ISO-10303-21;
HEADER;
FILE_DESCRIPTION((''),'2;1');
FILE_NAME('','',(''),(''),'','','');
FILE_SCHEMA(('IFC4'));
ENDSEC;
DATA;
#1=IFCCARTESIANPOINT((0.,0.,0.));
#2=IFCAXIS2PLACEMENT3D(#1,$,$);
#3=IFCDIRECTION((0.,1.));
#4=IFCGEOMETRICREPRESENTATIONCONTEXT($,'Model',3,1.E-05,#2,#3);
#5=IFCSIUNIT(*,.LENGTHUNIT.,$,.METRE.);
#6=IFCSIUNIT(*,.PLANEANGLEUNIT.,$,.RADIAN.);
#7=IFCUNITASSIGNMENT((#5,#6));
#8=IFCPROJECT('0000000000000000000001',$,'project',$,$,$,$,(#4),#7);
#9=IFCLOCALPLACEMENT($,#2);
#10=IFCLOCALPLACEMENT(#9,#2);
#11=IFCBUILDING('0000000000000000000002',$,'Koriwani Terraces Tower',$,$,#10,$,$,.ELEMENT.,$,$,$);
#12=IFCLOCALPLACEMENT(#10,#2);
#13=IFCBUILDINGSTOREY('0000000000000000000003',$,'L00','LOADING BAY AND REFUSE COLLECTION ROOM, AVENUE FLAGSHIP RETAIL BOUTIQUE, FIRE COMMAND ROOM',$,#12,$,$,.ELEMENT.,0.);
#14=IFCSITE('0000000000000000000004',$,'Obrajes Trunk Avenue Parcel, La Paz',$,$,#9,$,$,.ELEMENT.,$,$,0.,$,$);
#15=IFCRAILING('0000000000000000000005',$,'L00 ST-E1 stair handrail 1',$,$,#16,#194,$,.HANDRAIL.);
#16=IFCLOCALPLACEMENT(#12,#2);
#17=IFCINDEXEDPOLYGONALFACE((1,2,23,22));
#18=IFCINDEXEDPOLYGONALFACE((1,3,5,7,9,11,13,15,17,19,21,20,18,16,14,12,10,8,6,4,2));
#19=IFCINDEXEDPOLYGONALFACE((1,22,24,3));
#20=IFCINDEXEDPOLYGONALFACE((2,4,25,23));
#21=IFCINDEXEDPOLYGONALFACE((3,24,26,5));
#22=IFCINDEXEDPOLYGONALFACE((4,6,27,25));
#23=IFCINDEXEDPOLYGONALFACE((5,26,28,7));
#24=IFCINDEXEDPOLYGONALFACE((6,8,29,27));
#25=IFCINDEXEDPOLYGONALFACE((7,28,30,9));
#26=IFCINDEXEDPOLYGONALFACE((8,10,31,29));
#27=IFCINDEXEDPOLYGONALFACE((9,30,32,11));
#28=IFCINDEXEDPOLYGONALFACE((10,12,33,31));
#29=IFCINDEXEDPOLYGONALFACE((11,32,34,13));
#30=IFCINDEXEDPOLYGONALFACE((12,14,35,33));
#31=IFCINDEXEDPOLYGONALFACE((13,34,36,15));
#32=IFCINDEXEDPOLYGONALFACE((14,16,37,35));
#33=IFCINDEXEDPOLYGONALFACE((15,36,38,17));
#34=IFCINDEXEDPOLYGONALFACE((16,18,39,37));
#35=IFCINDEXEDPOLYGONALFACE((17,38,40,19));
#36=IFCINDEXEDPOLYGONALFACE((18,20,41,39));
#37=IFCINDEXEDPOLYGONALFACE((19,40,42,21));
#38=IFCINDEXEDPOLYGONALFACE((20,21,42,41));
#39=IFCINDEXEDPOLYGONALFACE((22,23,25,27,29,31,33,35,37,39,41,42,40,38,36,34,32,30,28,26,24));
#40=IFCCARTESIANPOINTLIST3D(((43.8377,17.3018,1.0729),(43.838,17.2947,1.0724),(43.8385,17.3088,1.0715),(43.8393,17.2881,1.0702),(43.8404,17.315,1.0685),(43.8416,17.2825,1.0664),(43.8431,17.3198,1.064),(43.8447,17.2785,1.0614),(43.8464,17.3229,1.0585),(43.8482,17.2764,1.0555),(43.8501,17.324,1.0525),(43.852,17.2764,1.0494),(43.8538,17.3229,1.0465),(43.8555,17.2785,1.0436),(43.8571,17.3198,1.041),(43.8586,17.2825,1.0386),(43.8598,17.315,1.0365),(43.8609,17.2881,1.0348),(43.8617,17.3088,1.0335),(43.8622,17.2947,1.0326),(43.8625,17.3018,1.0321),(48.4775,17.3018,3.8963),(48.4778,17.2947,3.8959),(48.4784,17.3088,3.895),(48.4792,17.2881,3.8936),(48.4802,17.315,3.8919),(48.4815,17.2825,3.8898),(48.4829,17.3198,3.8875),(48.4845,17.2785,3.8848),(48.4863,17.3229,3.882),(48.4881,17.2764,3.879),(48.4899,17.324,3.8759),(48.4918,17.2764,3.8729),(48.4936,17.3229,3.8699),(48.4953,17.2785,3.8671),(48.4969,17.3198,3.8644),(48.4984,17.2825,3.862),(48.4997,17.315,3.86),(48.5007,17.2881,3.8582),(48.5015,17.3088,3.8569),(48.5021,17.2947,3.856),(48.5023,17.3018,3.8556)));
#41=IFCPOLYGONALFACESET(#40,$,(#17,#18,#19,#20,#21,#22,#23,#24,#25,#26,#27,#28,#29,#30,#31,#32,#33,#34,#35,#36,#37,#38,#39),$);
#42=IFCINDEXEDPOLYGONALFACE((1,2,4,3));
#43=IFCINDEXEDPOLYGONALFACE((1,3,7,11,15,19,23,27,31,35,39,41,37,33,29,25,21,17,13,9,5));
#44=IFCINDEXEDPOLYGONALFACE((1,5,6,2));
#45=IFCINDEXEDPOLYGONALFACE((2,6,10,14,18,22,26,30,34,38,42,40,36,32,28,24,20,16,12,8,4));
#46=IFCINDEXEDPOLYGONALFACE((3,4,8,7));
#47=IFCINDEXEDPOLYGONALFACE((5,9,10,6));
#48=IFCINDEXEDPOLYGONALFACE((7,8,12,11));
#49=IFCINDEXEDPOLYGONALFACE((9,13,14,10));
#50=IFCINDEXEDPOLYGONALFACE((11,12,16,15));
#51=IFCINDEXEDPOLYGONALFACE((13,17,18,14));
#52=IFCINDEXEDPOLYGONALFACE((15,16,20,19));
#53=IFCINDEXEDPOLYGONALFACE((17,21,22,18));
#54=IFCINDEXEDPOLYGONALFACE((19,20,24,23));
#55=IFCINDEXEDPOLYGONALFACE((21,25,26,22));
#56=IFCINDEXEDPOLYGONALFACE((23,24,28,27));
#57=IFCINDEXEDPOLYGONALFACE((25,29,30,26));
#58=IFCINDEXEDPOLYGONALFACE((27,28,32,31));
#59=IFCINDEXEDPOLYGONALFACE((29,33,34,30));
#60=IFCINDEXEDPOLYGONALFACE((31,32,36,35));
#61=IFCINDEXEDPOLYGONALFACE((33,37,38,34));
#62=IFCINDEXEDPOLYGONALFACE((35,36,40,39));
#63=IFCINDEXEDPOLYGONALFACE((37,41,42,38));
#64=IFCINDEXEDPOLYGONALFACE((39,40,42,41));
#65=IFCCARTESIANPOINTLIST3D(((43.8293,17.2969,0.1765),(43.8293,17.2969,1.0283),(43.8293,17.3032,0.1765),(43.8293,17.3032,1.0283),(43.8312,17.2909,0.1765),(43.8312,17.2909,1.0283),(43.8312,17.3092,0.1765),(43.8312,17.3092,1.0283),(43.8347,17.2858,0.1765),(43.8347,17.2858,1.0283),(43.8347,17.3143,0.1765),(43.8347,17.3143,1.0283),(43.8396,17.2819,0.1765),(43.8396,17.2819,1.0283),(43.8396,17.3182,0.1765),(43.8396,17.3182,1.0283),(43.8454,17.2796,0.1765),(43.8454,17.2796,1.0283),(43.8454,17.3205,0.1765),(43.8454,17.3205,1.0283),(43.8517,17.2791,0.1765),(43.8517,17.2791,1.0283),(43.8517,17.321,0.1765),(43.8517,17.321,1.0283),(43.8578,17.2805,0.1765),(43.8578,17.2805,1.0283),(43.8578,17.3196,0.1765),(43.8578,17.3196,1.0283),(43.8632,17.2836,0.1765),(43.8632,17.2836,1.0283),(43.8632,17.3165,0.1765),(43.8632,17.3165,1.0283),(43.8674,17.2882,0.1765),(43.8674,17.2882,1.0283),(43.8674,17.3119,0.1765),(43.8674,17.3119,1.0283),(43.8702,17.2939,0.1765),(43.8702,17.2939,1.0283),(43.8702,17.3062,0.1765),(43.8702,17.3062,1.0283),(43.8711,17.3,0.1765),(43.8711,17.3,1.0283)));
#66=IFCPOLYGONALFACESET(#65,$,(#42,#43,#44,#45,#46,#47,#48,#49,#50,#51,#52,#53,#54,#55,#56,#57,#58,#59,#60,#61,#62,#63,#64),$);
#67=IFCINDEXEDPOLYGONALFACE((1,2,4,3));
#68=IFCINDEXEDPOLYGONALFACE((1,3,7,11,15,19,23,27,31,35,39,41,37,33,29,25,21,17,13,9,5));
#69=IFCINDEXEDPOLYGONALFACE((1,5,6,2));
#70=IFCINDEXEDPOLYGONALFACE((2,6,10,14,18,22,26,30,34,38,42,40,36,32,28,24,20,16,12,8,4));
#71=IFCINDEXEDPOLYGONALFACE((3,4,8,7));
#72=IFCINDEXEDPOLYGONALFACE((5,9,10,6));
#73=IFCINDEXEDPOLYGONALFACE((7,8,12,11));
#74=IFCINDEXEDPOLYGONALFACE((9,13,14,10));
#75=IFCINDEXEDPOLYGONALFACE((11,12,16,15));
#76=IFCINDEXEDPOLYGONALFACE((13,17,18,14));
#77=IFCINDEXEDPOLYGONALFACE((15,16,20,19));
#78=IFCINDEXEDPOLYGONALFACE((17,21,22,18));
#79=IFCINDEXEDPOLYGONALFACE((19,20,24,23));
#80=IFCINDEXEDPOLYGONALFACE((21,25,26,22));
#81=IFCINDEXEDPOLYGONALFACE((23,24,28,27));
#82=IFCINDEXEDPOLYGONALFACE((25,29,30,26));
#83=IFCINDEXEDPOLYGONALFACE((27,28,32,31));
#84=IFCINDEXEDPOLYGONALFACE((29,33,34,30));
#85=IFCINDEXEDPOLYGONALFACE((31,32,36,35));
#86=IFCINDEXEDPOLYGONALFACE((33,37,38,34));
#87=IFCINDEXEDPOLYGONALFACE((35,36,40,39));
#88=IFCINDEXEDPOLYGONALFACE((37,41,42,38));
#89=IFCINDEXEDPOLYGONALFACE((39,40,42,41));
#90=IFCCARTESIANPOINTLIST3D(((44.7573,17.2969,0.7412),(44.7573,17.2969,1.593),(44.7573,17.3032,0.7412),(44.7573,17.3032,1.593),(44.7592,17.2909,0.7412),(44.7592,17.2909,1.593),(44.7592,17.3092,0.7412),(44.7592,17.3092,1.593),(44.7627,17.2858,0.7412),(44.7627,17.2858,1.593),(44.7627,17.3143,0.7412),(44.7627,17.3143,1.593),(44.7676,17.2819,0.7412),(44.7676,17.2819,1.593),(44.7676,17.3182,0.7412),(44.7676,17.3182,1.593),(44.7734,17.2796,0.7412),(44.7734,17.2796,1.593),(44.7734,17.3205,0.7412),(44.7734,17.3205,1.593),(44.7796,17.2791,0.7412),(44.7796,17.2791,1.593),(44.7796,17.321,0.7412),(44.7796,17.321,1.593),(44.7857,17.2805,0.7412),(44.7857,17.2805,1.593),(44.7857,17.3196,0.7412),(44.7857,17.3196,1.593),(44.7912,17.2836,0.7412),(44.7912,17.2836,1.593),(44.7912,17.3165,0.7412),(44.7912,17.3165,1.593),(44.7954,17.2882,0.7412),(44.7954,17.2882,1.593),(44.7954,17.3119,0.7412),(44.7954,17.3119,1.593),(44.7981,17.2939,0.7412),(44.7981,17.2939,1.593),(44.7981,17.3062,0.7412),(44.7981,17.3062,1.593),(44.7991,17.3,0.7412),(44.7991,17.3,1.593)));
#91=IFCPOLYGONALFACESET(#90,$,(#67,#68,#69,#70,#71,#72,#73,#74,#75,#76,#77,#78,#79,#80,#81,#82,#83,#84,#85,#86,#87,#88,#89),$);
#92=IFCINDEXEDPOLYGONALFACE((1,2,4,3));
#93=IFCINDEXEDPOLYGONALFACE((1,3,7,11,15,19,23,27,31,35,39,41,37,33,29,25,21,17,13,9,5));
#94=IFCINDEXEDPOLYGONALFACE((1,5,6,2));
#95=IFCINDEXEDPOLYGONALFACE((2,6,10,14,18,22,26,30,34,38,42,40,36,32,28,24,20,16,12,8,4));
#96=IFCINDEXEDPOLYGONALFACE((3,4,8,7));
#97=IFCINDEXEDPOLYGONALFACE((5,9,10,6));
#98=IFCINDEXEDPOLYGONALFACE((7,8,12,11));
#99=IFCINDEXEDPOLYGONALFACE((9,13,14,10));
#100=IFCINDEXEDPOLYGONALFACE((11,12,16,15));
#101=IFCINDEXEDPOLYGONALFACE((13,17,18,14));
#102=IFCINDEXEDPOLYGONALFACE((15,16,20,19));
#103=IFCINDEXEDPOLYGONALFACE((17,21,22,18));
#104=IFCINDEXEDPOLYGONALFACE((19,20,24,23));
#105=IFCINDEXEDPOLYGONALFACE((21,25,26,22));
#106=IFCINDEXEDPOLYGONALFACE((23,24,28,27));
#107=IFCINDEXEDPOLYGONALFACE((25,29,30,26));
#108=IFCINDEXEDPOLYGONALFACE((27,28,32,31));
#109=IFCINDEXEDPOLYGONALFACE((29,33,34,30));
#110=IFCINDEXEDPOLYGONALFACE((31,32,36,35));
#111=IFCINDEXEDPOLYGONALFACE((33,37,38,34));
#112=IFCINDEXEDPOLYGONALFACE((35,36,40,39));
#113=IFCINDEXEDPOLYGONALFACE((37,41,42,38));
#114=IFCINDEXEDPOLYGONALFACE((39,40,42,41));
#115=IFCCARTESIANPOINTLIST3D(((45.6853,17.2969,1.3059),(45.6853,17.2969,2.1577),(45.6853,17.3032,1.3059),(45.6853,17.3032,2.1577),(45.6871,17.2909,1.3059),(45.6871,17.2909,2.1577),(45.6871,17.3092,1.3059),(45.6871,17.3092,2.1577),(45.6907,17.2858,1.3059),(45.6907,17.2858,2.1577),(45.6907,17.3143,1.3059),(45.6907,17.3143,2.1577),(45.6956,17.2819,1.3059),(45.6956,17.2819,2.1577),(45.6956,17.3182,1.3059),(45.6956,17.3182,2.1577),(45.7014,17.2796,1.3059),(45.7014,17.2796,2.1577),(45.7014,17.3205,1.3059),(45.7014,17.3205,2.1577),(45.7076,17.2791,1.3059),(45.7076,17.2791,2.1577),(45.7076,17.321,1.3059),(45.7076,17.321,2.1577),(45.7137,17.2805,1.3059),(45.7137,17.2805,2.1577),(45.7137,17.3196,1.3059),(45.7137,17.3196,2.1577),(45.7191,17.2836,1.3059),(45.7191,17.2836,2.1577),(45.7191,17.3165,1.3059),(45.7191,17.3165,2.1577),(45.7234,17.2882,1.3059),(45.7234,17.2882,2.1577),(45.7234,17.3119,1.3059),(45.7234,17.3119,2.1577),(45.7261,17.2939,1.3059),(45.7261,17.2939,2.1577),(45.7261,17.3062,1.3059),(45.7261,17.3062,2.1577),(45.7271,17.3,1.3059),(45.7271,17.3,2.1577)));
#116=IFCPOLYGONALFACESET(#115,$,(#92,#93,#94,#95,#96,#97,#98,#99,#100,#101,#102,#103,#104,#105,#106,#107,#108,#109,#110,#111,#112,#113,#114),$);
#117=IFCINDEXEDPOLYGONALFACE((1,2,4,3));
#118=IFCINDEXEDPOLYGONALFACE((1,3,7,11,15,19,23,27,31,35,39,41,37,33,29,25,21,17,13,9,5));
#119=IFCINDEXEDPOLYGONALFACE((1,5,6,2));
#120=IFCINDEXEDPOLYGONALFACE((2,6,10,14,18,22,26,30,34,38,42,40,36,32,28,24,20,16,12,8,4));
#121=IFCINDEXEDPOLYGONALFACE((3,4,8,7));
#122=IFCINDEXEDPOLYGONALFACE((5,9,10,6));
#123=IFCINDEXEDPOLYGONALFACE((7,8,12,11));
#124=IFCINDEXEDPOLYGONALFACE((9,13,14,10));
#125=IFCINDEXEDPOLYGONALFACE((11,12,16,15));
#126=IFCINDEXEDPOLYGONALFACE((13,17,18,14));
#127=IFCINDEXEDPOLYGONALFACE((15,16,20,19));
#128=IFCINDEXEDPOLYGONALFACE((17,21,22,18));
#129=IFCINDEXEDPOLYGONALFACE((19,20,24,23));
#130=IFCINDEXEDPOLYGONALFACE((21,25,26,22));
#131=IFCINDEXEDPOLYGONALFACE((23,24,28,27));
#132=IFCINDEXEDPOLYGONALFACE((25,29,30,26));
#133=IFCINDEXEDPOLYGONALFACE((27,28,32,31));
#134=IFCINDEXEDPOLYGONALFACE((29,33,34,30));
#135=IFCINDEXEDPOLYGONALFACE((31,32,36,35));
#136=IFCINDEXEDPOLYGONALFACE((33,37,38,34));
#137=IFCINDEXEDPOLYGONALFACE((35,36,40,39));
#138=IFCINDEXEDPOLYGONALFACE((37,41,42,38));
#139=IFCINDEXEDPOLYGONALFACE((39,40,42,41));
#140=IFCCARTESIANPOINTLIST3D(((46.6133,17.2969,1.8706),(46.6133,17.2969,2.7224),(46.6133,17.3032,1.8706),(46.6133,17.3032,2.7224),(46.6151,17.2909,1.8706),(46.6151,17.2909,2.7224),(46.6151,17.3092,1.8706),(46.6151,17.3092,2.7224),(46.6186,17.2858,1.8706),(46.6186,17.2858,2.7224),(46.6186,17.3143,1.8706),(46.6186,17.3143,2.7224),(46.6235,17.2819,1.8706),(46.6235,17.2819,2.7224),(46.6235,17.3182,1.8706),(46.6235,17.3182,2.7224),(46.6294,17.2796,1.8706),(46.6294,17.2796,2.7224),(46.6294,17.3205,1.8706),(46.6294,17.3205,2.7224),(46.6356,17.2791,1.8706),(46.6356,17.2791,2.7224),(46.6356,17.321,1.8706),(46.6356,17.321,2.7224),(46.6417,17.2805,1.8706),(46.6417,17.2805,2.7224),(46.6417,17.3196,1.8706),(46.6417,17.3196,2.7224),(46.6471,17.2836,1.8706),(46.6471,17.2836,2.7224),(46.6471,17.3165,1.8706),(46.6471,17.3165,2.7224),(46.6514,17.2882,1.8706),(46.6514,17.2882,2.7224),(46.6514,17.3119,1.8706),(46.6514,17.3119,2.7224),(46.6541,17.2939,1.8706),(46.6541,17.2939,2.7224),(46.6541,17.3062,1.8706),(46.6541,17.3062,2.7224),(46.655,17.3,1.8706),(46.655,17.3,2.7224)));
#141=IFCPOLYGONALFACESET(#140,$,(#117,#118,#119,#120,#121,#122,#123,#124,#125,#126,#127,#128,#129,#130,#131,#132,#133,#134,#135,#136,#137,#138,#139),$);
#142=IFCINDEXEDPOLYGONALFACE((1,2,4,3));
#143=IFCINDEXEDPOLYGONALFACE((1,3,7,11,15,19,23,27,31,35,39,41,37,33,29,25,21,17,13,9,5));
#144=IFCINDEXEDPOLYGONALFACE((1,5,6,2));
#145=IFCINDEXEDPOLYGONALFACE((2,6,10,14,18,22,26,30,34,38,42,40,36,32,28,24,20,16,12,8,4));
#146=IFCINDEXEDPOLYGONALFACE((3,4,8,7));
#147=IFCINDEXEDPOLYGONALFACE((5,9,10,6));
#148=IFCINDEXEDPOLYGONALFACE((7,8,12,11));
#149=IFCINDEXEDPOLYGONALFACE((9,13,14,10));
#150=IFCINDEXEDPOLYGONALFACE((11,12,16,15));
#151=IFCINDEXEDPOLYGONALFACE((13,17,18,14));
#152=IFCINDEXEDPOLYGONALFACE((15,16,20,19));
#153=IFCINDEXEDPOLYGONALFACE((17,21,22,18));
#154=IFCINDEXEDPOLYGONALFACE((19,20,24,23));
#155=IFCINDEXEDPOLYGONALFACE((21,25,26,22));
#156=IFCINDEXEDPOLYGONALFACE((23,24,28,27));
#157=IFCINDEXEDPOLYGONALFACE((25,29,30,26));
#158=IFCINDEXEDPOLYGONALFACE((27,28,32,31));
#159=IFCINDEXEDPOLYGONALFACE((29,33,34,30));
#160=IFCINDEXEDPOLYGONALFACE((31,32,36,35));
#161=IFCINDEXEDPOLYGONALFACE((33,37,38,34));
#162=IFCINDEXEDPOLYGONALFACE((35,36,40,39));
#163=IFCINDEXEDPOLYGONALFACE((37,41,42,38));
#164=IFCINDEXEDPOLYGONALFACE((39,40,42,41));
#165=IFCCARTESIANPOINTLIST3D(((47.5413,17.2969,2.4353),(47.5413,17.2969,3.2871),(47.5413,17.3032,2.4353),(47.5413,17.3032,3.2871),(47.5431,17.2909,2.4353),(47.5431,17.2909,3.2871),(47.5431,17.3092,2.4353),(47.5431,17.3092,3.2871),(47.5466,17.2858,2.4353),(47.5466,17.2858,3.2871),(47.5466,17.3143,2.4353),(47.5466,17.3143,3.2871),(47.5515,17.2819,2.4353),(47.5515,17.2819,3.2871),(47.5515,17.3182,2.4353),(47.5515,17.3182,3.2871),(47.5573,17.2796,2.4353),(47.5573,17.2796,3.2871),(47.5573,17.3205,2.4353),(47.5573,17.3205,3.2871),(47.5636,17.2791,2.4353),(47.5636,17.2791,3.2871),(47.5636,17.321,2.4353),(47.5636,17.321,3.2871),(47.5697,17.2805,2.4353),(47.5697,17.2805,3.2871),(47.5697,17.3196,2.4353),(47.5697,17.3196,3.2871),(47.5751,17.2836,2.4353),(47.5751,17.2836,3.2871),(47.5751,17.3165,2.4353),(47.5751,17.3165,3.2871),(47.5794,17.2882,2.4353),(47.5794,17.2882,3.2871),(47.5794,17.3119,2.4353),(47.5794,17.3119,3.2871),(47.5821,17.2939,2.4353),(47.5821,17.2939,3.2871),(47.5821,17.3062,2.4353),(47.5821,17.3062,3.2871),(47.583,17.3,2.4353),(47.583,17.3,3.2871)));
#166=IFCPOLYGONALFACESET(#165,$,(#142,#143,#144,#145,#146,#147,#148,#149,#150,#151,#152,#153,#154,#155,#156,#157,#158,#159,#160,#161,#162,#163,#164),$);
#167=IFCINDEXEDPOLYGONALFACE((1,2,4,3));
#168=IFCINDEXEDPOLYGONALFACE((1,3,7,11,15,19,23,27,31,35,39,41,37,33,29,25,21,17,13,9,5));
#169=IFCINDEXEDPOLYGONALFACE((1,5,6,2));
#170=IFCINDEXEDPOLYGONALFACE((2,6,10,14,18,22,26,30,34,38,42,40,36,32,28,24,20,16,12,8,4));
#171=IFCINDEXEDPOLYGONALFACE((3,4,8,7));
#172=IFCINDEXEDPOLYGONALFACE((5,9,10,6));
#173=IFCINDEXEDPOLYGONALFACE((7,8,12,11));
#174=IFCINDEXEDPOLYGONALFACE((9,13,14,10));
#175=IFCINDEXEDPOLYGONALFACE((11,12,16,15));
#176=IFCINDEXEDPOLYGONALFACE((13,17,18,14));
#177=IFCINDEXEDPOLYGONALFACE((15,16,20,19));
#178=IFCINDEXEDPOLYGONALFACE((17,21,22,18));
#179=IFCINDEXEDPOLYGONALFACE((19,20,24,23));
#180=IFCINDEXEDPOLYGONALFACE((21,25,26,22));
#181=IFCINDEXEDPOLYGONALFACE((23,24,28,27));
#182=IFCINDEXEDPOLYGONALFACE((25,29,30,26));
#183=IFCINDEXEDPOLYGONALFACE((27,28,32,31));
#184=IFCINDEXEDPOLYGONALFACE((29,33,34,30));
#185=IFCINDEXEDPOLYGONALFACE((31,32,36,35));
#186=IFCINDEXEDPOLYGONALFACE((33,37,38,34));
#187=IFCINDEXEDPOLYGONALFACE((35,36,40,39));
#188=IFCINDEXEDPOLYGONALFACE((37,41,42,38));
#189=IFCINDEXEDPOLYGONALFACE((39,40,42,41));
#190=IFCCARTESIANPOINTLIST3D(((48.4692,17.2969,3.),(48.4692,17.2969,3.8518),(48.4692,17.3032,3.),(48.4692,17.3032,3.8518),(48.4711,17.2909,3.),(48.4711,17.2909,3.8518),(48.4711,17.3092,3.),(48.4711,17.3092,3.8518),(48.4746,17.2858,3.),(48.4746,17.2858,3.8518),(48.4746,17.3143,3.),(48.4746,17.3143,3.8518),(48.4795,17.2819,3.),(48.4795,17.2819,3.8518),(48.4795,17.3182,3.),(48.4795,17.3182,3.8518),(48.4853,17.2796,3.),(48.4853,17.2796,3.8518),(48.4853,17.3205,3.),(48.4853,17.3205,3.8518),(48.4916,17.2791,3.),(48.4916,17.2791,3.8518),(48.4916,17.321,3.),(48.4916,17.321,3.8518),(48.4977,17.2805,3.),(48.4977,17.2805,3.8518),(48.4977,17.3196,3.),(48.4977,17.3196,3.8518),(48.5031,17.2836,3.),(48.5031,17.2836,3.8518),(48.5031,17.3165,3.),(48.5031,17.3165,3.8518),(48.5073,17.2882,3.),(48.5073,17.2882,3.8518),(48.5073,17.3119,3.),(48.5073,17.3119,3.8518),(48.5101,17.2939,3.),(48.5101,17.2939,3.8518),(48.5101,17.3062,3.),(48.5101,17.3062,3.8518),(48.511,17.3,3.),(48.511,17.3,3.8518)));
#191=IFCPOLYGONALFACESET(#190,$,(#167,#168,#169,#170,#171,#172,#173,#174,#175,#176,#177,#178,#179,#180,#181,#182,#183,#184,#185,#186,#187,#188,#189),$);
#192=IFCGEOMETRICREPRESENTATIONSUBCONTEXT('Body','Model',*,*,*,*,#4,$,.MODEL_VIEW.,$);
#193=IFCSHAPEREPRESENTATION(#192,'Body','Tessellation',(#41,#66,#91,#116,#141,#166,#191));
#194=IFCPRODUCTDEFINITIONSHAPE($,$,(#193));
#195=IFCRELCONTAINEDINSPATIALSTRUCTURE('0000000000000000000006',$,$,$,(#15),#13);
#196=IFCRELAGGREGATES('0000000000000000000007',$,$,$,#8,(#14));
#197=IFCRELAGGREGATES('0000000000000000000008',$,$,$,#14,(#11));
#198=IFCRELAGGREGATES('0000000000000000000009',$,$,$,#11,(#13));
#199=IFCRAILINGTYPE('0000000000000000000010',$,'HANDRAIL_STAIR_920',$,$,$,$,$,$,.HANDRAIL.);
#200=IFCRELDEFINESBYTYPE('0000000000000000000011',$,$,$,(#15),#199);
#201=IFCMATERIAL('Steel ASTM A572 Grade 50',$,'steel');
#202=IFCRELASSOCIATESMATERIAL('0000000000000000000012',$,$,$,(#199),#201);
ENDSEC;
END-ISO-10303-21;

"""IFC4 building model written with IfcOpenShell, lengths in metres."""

from ifc_helpers import new_model, si_unit, direction, frame, origin, origin_2d, place, context, subcontext, project, spatial, circle, extrude, material, type_object, element, save


model = new_model("IFC4")

# Units and contexts
model_context = context("Model", 3, precision=1e-05, world=origin(), true_north=direction((0.0, 1.0)))
body_context = subcontext(model_context, "Body", "Model", "MODEL_VIEW")
ifc_project = project(units=[si_unit("LENGTHUNIT", "METRE"), si_unit("PLANEANGLEUNIT", "RADIAN")], contexts=[model_context])

# Site, building, storey
site_placement = place(None, origin())
site = spatial("IfcSite", under=ifc_project, at=site_placement, Name="Obrajes Trunk Avenue Parcel, La Paz", CompositionType="ELEMENT", RefElevation=0.0)
building_placement = place(site_placement, origin())
building = spatial("IfcBuilding", under=site, at=building_placement, Name="Koriwani Terraces Tower", CompositionType="ELEMENT")
storey_placement = place(building_placement, origin())
storey = spatial("IfcBuildingStorey", under=building, at=storey_placement, Name="L00", Description="LOADING BAY AND REFUSE COLLECTION ROOM, AVENUE FLAGSHIP RETAIL BOUTIQUE, FIRE COMMAND ROOM", CompositionType="ELEMENT", Elevation=0.0)

# Shared definitions
ifc_material_1 = material(Name="Steel ASTM A572 Grade 50", Category="steel")

# Railing
railing_type_1 = type_object("IfcRailingType", Name="HANDRAIL_STAIR_920", PredefinedType="HANDRAIL", material=ifc_material_1)
railing_1_placement = place(storey_placement, frame((43.8501, 17.3, 0.1765)))
element("IfcRailing", 1, at=railing_1_placement, inside=storey, type_object=railing_type_1, Name="L00 ST-E1 stair handrail 1", PredefinedType="HANDRAIL", context=body_context, shape_type="SweptSolid", body=[
    extrude(circle(Radius=0.0239, at=origin_2d()), frame((0.0, 0.0, 0.876), z_axis=(0.854264, 0.0, 0.51984), x_axis=(0.0, 1.0, 0.0)), (0.0, 0.0, 1.0), 5.4314),
    extrude(circle(Radius=0.021, at=origin_2d()), origin(), (0.0, 0.0, 1.0), 0.8518),
    extrude(circle(Radius=0.021, at=origin_2d()), frame((0.928, 0.0, 0.5647)), (0.0, 0.0, 1.0), 0.8518),
    extrude(circle(Radius=0.021, at=origin_2d()), frame((1.856, 0.0, 1.1294)), (0.0, 0.0, 1.0), 0.8518),
    extrude(circle(Radius=0.021, at=origin_2d()), frame((2.7839, 0.0, 1.6941)), (0.0, 0.0, 1.0), 0.8518),
    extrude(circle(Radius=0.021, at=origin_2d()), frame((3.7119, 0.0, 2.2588)), (0.0, 0.0, 1.0), 0.8518),
    extrude(circle(Radius=0.021, at=origin_2d()), frame((4.6399, 0.0, 2.8235)), (0.0, 0.0, 1.0), 0.8518),
])

save(model, "model.ifc")
